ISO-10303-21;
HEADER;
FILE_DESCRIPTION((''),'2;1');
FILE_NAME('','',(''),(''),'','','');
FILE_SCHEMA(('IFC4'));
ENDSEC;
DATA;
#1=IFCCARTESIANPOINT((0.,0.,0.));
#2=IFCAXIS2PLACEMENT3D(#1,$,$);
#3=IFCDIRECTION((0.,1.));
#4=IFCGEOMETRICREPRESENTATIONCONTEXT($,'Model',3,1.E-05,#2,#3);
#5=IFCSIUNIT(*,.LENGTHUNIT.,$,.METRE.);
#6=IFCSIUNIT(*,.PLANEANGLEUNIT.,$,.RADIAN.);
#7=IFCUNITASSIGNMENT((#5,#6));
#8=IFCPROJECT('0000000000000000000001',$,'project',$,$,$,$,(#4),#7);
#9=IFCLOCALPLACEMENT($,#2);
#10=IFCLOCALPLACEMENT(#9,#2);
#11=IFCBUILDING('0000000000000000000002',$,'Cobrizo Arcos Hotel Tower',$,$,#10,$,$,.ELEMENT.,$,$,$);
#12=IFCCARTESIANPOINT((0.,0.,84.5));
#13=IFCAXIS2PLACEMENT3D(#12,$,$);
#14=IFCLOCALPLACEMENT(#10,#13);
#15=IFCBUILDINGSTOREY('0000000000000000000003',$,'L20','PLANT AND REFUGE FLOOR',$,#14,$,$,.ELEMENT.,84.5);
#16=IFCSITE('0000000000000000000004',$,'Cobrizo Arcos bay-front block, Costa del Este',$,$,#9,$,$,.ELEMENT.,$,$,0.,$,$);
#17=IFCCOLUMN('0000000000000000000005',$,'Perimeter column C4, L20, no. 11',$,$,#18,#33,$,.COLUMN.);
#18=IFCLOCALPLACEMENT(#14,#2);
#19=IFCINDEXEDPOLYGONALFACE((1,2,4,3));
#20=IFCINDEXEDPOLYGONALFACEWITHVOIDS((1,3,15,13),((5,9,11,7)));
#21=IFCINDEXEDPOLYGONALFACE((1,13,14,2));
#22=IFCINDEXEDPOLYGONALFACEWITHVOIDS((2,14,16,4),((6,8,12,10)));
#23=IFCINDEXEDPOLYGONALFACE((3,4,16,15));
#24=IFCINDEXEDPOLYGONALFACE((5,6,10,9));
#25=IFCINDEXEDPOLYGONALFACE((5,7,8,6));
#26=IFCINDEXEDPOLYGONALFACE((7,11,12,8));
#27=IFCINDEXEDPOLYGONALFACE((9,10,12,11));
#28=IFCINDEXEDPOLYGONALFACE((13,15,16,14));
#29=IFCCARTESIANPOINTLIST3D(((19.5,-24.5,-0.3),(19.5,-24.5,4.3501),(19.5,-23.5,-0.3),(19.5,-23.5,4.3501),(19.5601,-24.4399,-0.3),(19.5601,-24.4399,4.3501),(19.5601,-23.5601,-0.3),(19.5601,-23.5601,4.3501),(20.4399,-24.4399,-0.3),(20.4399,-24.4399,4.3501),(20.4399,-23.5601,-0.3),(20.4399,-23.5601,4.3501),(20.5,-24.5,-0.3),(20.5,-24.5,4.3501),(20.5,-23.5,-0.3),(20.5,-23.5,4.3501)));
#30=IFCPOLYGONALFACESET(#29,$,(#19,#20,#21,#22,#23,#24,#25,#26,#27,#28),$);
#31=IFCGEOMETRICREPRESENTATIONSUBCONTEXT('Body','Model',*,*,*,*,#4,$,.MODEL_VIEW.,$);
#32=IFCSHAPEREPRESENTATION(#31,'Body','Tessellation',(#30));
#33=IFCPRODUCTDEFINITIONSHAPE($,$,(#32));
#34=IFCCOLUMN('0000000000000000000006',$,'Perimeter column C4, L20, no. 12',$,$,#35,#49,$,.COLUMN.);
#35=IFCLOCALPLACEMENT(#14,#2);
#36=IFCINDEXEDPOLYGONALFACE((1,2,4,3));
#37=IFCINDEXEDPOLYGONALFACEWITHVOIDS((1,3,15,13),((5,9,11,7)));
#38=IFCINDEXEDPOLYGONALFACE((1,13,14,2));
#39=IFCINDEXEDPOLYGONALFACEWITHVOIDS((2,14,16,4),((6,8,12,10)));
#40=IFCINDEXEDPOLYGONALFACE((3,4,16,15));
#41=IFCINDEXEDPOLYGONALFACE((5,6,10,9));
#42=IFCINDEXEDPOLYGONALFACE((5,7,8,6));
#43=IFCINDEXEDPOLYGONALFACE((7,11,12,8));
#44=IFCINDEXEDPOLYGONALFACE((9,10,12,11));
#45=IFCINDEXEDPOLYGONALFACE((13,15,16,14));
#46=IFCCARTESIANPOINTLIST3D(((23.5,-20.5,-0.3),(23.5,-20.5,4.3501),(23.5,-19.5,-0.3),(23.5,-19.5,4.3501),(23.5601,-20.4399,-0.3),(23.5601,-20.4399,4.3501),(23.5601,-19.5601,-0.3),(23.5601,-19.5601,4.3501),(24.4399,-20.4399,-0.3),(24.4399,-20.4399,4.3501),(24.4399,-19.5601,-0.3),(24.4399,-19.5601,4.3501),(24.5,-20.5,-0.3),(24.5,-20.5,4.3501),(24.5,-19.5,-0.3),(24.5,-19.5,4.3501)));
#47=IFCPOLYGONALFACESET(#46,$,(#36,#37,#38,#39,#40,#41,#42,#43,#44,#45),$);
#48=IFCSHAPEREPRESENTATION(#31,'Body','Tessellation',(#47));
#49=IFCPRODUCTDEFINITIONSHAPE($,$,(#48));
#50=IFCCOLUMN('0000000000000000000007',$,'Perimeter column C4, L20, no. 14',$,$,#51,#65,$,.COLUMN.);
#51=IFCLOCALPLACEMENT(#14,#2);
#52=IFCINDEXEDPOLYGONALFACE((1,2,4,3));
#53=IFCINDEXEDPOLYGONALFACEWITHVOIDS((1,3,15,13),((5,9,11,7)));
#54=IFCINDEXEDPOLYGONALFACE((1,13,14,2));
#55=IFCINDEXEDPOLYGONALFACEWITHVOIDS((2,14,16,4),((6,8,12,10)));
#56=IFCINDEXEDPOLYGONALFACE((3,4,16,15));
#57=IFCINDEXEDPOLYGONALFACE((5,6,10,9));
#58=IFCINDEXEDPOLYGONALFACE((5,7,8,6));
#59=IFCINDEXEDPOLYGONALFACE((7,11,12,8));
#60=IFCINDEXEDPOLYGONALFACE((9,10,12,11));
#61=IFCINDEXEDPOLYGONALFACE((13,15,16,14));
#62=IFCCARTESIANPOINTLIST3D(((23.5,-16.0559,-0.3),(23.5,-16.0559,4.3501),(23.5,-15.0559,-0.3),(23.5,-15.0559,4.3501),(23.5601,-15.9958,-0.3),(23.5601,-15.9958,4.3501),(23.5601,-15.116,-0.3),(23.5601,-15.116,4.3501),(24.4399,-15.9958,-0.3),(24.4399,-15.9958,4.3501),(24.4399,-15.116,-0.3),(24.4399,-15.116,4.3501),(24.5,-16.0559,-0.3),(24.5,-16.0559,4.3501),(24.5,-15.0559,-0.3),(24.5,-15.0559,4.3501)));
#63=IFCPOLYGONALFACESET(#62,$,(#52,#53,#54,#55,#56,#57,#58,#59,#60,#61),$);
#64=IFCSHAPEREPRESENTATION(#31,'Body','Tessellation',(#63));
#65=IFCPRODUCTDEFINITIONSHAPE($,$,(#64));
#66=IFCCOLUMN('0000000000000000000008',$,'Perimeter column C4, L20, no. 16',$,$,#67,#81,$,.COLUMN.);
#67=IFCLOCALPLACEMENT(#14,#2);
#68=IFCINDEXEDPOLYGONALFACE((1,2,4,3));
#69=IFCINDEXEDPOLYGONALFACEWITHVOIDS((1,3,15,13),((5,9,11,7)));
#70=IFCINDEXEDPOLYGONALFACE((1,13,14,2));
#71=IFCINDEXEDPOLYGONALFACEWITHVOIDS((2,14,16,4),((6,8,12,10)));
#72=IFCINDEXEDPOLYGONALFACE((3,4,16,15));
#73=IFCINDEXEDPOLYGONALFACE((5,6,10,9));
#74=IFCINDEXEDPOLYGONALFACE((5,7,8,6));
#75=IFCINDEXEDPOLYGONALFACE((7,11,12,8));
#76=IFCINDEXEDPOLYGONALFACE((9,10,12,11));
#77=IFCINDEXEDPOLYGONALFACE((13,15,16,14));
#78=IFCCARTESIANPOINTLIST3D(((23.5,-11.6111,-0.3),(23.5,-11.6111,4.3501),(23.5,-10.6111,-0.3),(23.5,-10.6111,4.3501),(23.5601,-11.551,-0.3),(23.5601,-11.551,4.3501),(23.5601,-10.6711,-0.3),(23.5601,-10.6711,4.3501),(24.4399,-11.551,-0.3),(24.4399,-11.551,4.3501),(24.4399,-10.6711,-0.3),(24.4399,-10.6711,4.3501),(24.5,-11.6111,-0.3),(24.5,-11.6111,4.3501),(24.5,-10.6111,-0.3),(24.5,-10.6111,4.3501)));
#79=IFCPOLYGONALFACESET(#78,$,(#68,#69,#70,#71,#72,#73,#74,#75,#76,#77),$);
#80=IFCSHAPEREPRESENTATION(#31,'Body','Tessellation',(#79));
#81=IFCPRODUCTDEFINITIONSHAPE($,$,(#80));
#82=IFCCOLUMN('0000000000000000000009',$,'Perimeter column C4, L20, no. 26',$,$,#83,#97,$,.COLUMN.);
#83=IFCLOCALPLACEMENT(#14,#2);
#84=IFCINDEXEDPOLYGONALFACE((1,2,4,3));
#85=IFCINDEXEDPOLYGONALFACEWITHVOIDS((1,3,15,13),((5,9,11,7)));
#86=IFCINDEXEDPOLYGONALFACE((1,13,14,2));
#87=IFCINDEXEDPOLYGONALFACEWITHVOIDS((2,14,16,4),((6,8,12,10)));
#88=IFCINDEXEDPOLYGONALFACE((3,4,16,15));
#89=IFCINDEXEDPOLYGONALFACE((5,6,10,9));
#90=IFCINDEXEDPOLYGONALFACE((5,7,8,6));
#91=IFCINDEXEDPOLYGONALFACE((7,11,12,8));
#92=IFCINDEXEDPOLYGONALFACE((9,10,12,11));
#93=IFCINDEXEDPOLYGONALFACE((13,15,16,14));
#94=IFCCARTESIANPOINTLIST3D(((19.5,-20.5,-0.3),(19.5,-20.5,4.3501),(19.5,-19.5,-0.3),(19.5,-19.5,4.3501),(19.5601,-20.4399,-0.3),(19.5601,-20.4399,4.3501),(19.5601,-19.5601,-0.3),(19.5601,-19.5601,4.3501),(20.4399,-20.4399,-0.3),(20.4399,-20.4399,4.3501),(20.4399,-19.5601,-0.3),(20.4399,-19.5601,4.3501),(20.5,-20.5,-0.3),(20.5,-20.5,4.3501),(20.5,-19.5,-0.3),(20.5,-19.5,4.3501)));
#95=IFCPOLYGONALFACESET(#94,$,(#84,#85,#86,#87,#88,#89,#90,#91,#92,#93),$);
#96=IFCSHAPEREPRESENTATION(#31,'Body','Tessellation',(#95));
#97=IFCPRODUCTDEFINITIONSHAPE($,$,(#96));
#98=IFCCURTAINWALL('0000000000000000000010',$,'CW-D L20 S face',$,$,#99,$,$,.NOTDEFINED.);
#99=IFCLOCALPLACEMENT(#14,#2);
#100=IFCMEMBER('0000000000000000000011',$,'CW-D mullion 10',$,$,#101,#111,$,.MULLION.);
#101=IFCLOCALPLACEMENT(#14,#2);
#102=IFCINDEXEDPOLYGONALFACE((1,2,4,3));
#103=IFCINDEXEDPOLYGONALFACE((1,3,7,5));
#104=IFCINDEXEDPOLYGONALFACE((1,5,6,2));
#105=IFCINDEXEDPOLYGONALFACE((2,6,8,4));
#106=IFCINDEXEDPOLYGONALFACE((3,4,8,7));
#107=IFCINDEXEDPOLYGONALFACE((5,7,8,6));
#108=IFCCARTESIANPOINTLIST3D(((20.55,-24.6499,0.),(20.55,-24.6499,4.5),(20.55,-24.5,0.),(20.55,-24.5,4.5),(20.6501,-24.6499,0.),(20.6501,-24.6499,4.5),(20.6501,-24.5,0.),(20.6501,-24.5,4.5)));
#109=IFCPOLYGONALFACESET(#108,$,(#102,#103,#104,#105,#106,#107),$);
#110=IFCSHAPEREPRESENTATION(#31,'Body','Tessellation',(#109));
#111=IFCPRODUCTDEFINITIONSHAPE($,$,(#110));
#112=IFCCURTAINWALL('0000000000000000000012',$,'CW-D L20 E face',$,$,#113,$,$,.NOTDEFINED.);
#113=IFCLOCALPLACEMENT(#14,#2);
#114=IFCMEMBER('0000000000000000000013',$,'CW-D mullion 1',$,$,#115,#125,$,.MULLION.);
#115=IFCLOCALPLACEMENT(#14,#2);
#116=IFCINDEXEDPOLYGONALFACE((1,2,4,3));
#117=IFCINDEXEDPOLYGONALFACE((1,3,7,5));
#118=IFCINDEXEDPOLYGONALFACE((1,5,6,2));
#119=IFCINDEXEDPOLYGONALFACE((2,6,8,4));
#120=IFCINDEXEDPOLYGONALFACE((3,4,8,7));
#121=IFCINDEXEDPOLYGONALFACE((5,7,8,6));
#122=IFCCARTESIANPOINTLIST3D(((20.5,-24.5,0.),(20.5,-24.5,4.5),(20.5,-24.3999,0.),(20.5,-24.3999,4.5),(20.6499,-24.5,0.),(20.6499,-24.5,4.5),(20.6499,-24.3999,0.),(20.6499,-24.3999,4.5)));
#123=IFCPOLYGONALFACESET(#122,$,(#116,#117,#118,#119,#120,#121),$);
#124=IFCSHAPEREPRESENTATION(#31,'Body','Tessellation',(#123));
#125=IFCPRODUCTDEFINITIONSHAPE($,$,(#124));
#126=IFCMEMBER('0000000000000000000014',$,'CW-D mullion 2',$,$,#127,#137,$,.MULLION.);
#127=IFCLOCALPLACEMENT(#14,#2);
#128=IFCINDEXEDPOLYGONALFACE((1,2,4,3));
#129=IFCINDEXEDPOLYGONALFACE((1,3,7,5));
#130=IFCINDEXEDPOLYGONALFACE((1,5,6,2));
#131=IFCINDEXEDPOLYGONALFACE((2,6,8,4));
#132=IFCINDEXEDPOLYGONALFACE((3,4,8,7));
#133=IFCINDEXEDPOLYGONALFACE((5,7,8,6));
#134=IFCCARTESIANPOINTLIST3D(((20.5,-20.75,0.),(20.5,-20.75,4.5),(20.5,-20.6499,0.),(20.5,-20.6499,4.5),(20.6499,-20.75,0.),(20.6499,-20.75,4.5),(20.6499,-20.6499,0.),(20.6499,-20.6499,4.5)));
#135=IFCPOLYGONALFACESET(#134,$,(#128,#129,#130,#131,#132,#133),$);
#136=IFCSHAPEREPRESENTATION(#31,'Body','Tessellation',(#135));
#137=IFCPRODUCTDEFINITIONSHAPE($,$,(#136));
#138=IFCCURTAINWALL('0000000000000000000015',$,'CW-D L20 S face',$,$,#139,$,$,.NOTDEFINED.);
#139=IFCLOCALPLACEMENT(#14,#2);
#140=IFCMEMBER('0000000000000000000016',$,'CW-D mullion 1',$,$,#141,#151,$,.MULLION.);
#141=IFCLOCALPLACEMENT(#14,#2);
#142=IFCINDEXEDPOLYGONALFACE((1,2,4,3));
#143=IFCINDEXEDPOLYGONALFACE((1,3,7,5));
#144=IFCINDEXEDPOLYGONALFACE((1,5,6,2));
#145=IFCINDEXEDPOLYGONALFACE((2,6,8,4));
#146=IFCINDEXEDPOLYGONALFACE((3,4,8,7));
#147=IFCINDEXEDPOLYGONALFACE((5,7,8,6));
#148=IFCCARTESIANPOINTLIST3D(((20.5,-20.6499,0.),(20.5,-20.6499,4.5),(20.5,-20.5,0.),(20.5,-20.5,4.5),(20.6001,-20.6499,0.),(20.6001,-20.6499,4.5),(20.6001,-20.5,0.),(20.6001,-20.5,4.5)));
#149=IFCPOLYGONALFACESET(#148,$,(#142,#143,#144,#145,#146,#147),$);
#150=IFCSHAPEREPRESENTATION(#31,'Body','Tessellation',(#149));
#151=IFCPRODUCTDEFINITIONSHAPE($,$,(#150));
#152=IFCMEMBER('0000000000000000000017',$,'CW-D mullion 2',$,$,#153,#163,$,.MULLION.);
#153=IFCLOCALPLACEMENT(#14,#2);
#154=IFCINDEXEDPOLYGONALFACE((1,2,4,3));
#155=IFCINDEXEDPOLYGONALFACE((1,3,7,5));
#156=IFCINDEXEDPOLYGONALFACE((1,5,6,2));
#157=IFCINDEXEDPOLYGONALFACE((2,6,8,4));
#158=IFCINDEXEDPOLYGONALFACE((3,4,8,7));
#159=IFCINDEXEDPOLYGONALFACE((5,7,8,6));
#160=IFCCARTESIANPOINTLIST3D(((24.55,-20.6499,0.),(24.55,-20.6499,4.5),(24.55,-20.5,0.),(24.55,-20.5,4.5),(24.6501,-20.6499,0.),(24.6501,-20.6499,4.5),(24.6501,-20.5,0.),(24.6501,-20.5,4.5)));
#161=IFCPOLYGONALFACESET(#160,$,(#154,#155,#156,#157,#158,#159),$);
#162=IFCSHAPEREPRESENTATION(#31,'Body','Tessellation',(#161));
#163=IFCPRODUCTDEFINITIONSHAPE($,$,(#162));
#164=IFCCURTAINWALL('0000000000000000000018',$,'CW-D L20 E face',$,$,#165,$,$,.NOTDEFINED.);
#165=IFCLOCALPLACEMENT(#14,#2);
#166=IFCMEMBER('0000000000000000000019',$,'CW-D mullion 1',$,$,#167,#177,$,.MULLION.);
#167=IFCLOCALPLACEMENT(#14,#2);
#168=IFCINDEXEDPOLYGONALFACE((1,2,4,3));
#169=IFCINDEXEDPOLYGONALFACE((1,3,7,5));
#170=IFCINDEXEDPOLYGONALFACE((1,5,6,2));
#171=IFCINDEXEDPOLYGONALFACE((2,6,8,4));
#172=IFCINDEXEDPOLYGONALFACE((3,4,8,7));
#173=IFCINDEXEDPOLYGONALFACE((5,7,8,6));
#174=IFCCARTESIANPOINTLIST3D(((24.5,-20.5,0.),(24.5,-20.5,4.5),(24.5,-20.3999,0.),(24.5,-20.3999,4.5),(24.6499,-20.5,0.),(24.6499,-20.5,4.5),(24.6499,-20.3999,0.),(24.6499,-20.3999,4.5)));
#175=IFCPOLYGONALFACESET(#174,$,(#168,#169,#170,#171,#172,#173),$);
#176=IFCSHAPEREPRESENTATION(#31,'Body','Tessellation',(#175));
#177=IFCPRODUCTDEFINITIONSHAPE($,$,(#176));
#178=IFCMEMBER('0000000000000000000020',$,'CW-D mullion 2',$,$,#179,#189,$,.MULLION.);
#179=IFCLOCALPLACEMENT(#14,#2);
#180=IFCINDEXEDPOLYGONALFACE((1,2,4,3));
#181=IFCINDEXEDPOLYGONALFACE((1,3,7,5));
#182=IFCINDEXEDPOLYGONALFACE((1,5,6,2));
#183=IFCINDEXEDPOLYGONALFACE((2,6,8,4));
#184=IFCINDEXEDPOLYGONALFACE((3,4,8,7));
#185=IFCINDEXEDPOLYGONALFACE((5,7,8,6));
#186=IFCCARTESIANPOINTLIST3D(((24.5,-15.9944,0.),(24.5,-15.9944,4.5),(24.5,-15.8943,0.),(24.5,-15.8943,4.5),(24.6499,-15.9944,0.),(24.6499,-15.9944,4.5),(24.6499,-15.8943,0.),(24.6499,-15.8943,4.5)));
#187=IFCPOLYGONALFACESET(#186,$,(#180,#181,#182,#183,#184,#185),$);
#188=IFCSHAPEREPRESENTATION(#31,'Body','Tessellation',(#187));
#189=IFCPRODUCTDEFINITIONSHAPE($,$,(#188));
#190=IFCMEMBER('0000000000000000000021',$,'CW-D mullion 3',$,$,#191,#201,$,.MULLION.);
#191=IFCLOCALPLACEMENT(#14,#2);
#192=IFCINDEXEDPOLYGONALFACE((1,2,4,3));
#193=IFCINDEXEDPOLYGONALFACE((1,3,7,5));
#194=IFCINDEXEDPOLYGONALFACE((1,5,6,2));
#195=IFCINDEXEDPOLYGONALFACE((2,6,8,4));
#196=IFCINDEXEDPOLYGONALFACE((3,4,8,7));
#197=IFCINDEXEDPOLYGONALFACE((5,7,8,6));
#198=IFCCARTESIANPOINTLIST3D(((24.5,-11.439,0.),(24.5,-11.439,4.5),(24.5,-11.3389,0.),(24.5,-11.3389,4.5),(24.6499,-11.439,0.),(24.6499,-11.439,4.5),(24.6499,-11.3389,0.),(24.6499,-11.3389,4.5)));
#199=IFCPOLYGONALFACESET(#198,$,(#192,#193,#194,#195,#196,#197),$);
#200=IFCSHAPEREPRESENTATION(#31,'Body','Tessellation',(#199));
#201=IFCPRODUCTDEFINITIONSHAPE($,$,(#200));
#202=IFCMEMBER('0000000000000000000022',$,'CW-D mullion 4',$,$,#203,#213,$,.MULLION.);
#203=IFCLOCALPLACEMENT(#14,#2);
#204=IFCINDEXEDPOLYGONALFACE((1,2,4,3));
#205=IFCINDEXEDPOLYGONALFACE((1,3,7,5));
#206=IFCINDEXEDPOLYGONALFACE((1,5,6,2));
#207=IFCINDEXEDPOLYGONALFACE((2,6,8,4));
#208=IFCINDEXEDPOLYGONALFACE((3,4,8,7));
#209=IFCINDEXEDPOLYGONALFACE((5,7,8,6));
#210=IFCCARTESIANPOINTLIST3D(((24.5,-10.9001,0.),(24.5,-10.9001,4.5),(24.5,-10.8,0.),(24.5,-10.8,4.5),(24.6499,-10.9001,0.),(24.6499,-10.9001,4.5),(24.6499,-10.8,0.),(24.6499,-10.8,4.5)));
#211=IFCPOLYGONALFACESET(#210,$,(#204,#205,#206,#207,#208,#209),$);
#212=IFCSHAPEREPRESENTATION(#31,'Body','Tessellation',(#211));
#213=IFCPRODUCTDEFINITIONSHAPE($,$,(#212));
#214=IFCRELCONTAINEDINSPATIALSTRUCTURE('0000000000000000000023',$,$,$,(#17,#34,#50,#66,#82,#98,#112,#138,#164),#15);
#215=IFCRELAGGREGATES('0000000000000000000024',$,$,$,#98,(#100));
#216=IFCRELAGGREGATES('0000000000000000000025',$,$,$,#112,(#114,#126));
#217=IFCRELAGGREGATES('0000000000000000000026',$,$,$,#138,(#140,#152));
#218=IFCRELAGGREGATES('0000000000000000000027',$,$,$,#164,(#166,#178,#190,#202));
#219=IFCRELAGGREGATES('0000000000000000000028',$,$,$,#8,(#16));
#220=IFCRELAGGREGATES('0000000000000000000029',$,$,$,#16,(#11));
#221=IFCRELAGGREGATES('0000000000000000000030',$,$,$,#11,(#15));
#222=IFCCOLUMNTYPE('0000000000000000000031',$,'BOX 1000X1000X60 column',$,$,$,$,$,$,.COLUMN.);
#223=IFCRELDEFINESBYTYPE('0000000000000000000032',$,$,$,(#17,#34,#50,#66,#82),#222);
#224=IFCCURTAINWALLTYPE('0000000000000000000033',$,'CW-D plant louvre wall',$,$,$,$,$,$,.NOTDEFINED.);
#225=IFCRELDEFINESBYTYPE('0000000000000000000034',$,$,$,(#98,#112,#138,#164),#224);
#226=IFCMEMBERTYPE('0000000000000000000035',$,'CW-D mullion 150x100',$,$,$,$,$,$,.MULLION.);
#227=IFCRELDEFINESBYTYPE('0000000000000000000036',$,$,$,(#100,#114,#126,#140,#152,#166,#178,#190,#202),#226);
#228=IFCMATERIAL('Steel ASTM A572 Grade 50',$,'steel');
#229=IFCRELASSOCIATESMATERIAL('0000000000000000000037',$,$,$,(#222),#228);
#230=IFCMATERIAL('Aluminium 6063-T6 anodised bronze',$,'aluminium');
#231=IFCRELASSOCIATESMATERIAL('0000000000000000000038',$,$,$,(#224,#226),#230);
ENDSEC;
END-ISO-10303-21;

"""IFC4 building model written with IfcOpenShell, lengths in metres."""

from ifc_helpers import new_model, si_unit, direction, frame, origin, origin_2d, place, context, subcontext, project, spatial, rectangle, hollow_rectangle, extrude, material, material_profile, profile_set, type_object, element, aggregate, save


model = new_model("IFC4")

# Units and contexts
model_context = context("Model", 3, precision=1e-05, world=origin(), true_north=direction((0.0, 1.0)))
body_context = subcontext(model_context, "Body", "Model", "MODEL_VIEW")
ifc_project = project(units=[si_unit("LENGTHUNIT", "METRE"), si_unit("PLANEANGLEUNIT", "RADIAN")], contexts=[model_context])

# Site, building, storey
site_placement = place(None, origin())
site = spatial("IfcSite", under=ifc_project, at=site_placement, Name="Cobrizo Arcos bay-front block, Costa del Este", CompositionType="ELEMENT", RefElevation=0.0)
building_placement = place(site_placement, origin())
building = spatial("IfcBuilding", under=site, at=building_placement, Name="Cobrizo Arcos Hotel Tower", CompositionType="ELEMENT")
storey_placement = place(building_placement, frame((0.0, 0.0, 84.5)))
storey = spatial("IfcBuildingStorey", under=building, at=storey_placement, Name="L20", Description="PLANT AND REFUGE FLOOR", CompositionType="ELEMENT", Elevation=84.5)

# Columns
ifc_material_1 = material(Name="Steel ASTM A572 Grade 50", Category="steel")
ifc_material_profile_1 = material_profile(ifc_material_1, hollow_rectangle(XDim=1.0, YDim=1.0, WallThickness=0.0601, at=origin_2d()), Name="BOX 1000X1000X60")
ifc_profile_set_1 = profile_set([ifc_material_profile_1], Name="Steel ASTM A572 Grade 50")
column_type = type_object("IfcColumnType", Name="BOX 1000X1000X60 column", PredefinedType="COLUMN", material=ifc_profile_set_1)
for number, where, z_axis, x_axis, name in (
    (1, (20.0, -24.0, -0.3), (0.0, 0.0, 1.0), (1.0, 0.0, 0.0), "Perimeter column C4, L20, no. 11"),
    (2, (24.0, -20.0, -0.3), (0.0, 0.0, 1.0), (1.0, 0.0, 0.0), "Perimeter column C4, L20, no. 12"),
    (3, (24.0, -15.5559, -0.3), (0.0, 0.0, 1.0), (1.0, 0.0, 0.0), "Perimeter column C4, L20, no. 14"),
    (4, (24.0, -11.1111, -0.3), (0.0, 0.0, 1.0), (1.0, 0.0, 0.0), "Perimeter column C4, L20, no. 16"),
    (5, (20.0, -20.0, -0.3), (0.0, 0.0, 1.0), (1.0, 0.0, 0.0), "Perimeter column C4, L20, no. 26"),
):
    element("IfcColumn", number, at=place(storey_placement, frame(where, z_axis=z_axis, x_axis=x_axis)), inside=storey, type_object=column_type, Name=name, PredefinedType="COLUMN", context=body_context, shape_type="SweptSolid", body=[
        extrude(hollow_rectangle(XDim=1.0, YDim=1.0, WallThickness=0.0601, at=origin_2d()), origin(), (0.0, 0.0, 1.0), 4.6501),
    ])

# Curtain wall, member
ifc_material_2 = material(Name="Aluminium 6063-T6 anodised bronze", Category="aluminium")
curtain_wall_type = type_object("IfcCurtainWallType", Name="CW-D plant louvre wall", PredefinedType="NOTDEFINED", material=ifc_material_2)
curtain_wall_1_placement = place(storey_placement, origin())
curtain_wall_1 = element("IfcCurtainWall", 6, at=curtain_wall_1_placement, inside=storey, type_object=curtain_wall_type, Name="CW-D L20 S face", PredefinedType="NOTDEFINED")
ifc_material_profile_2 = material_profile(ifc_material_2, rectangle(XDim=0.1499, YDim=0.1001, at=origin_2d()), Name="CW-D mullion 150x100")
ifc_profile_set_2 = profile_set([ifc_material_profile_2], Name="Aluminium 6063-T6 anodised bronze")
member_type_1 = type_object("IfcMemberType", Name="CW-D mullion 150x100", PredefinedType="MULLION", material=ifc_profile_set_2)
member_1_placement = place(storey_placement, frame((20.6001, -24.575, 0.0), z_axis=(0.0, 0.0, 1.0), x_axis=(0.0, -1.0, 0.0)))
member_1 = element("IfcMember", 7, at=member_1_placement, type_object=member_type_1, Name="CW-D mullion 10", PredefinedType="MULLION", context=body_context, shape_type="SweptSolid", body=[
    extrude(rectangle(XDim=0.1499, YDim=0.1001, at=origin_2d()), origin(), (0.0, 0.0, 1.0), 4.5),
])

# Curtain walls, members
curtain_wall_2_placement = place(storey_placement, origin())
curtain_wall_2 = element("IfcCurtainWall", 8, at=curtain_wall_2_placement, inside=storey, type_object=curtain_wall_type, Name="CW-D L20 E face", PredefinedType="NOTDEFINED")
member_2_placement = place(storey_placement, frame((20.575, -24.45, 0.0), z_axis=(0.0, 0.0, 1.0), x_axis=(1.0, 0.0, 0.0)))
member_2 = element("IfcMember", 9, at=member_2_placement, type_object=member_type_1, Name="CW-D mullion 1", PredefinedType="MULLION", context=body_context, shape_type="SweptSolid", body=[
    extrude(rectangle(XDim=0.1499, YDim=0.1001, at=origin_2d()), origin(), (0.0, 0.0, 1.0), 4.5),
])
member_3_placement = place(storey_placement, frame((20.575, -20.7, 0.0), z_axis=(0.0, 0.0, 1.0), x_axis=(1.0, 0.0, 0.0)))
member_3 = element("IfcMember", 10, at=member_3_placement, type_object=member_type_1, Name="CW-D mullion 2", PredefinedType="MULLION", context=body_context, shape_type="SweptSolid", body=[
    extrude(rectangle(XDim=0.1499, YDim=0.1001, at=origin_2d()), origin(), (0.0, 0.0, 1.0), 4.5),
])
curtain_wall_3_placement = place(storey_placement, origin())
curtain_wall_3 = element("IfcCurtainWall", 11, at=curtain_wall_3_placement, inside=storey, type_object=curtain_wall_type, Name="CW-D L20 S face", PredefinedType="NOTDEFINED")
member_4_placement = place(storey_placement, frame((20.55, -20.575, 0.0), z_axis=(0.0, 0.0, 1.0), x_axis=(0.0, -1.0, 0.0)))
member_4 = element("IfcMember", 12, at=member_4_placement, type_object=member_type_1, Name="CW-D mullion 1", PredefinedType="MULLION", context=body_context, shape_type="SweptSolid", body=[
    extrude(rectangle(XDim=0.1499, YDim=0.1001, at=origin_2d()), origin(), (0.0, 0.0, 1.0), 4.5),
])
member_5_placement = place(storey_placement, frame((24.6001, -20.575, 0.0), z_axis=(0.0, 0.0, 1.0), x_axis=(0.0, -1.0, 0.0)))
member_5 = element("IfcMember", 13, at=member_5_placement, type_object=member_type_1, Name="CW-D mullion 2", PredefinedType="MULLION", context=body_context, shape_type="SweptSolid", body=[
    extrude(rectangle(XDim=0.1499, YDim=0.1001, at=origin_2d()), origin(), (0.0, 0.0, 1.0), 4.5),
])
curtain_wall_4_placement = place(storey_placement, origin())
curtain_wall_4 = element("IfcCurtainWall", 14, at=curtain_wall_4_placement, inside=storey, type_object=curtain_wall_type, Name="CW-D L20 E face", PredefinedType="NOTDEFINED")
member_6_placement = place(storey_placement, frame((24.575, -20.45, 0.0), z_axis=(0.0, 0.0, 1.0), x_axis=(1.0, 0.0, 0.0)))
member_6 = element("IfcMember", 15, at=member_6_placement, type_object=member_type_1, Name="CW-D mullion 1", PredefinedType="MULLION", context=body_context, shape_type="SweptSolid", body=[
    extrude(rectangle(XDim=0.1499, YDim=0.1001, at=origin_2d()), origin(), (0.0, 0.0, 1.0), 4.5),
])
member_7_placement = place(storey_placement, frame((24.575, -15.9443, 0.0), z_axis=(0.0, 0.0, 1.0), x_axis=(1.0, 0.0, 0.0)))
member_7 = element("IfcMember", 16, at=member_7_placement, type_object=member_type_1, Name="CW-D mullion 2", PredefinedType="MULLION", context=body_context, shape_type="SweptSolid", body=[
    extrude(rectangle(XDim=0.1499, YDim=0.1001, at=origin_2d()), origin(), (0.0, 0.0, 1.0), 4.5),
])
member_8_placement = place(storey_placement, frame((24.575, -11.3889, 0.0), z_axis=(0.0, 0.0, 1.0), x_axis=(1.0, 0.0, 0.0)))
member_8 = element("IfcMember", 17, at=member_8_placement, type_object=member_type_1, Name="CW-D mullion 3", PredefinedType="MULLION", context=body_context, shape_type="SweptSolid", body=[
    extrude(rectangle(XDim=0.1499, YDim=0.1001, at=origin_2d()), origin(), (0.0, 0.0, 1.0), 4.5),
])
member_9_placement = place(storey_placement, frame((24.575, -10.8501, 0.0), z_axis=(0.0, 0.0, 1.0), x_axis=(1.0, 0.0, 0.0)))
member_9 = element("IfcMember", 18, at=member_9_placement, type_object=member_type_1, Name="CW-D mullion 4", PredefinedType="MULLION", context=body_context, shape_type="SweptSolid", body=[
    extrude(rectangle(XDim=0.1499, YDim=0.1001, at=origin_2d()), origin(), (0.0, 0.0, 1.0), 4.5),
])

aggregate(curtain_wall_1, [member_1])
aggregate(curtain_wall_2, [member_2, member_3])
aggregate(curtain_wall_3, [member_4, member_5])
aggregate(curtain_wall_4, [member_6, member_7, member_8, member_9])

save(model, "model.ifc")
